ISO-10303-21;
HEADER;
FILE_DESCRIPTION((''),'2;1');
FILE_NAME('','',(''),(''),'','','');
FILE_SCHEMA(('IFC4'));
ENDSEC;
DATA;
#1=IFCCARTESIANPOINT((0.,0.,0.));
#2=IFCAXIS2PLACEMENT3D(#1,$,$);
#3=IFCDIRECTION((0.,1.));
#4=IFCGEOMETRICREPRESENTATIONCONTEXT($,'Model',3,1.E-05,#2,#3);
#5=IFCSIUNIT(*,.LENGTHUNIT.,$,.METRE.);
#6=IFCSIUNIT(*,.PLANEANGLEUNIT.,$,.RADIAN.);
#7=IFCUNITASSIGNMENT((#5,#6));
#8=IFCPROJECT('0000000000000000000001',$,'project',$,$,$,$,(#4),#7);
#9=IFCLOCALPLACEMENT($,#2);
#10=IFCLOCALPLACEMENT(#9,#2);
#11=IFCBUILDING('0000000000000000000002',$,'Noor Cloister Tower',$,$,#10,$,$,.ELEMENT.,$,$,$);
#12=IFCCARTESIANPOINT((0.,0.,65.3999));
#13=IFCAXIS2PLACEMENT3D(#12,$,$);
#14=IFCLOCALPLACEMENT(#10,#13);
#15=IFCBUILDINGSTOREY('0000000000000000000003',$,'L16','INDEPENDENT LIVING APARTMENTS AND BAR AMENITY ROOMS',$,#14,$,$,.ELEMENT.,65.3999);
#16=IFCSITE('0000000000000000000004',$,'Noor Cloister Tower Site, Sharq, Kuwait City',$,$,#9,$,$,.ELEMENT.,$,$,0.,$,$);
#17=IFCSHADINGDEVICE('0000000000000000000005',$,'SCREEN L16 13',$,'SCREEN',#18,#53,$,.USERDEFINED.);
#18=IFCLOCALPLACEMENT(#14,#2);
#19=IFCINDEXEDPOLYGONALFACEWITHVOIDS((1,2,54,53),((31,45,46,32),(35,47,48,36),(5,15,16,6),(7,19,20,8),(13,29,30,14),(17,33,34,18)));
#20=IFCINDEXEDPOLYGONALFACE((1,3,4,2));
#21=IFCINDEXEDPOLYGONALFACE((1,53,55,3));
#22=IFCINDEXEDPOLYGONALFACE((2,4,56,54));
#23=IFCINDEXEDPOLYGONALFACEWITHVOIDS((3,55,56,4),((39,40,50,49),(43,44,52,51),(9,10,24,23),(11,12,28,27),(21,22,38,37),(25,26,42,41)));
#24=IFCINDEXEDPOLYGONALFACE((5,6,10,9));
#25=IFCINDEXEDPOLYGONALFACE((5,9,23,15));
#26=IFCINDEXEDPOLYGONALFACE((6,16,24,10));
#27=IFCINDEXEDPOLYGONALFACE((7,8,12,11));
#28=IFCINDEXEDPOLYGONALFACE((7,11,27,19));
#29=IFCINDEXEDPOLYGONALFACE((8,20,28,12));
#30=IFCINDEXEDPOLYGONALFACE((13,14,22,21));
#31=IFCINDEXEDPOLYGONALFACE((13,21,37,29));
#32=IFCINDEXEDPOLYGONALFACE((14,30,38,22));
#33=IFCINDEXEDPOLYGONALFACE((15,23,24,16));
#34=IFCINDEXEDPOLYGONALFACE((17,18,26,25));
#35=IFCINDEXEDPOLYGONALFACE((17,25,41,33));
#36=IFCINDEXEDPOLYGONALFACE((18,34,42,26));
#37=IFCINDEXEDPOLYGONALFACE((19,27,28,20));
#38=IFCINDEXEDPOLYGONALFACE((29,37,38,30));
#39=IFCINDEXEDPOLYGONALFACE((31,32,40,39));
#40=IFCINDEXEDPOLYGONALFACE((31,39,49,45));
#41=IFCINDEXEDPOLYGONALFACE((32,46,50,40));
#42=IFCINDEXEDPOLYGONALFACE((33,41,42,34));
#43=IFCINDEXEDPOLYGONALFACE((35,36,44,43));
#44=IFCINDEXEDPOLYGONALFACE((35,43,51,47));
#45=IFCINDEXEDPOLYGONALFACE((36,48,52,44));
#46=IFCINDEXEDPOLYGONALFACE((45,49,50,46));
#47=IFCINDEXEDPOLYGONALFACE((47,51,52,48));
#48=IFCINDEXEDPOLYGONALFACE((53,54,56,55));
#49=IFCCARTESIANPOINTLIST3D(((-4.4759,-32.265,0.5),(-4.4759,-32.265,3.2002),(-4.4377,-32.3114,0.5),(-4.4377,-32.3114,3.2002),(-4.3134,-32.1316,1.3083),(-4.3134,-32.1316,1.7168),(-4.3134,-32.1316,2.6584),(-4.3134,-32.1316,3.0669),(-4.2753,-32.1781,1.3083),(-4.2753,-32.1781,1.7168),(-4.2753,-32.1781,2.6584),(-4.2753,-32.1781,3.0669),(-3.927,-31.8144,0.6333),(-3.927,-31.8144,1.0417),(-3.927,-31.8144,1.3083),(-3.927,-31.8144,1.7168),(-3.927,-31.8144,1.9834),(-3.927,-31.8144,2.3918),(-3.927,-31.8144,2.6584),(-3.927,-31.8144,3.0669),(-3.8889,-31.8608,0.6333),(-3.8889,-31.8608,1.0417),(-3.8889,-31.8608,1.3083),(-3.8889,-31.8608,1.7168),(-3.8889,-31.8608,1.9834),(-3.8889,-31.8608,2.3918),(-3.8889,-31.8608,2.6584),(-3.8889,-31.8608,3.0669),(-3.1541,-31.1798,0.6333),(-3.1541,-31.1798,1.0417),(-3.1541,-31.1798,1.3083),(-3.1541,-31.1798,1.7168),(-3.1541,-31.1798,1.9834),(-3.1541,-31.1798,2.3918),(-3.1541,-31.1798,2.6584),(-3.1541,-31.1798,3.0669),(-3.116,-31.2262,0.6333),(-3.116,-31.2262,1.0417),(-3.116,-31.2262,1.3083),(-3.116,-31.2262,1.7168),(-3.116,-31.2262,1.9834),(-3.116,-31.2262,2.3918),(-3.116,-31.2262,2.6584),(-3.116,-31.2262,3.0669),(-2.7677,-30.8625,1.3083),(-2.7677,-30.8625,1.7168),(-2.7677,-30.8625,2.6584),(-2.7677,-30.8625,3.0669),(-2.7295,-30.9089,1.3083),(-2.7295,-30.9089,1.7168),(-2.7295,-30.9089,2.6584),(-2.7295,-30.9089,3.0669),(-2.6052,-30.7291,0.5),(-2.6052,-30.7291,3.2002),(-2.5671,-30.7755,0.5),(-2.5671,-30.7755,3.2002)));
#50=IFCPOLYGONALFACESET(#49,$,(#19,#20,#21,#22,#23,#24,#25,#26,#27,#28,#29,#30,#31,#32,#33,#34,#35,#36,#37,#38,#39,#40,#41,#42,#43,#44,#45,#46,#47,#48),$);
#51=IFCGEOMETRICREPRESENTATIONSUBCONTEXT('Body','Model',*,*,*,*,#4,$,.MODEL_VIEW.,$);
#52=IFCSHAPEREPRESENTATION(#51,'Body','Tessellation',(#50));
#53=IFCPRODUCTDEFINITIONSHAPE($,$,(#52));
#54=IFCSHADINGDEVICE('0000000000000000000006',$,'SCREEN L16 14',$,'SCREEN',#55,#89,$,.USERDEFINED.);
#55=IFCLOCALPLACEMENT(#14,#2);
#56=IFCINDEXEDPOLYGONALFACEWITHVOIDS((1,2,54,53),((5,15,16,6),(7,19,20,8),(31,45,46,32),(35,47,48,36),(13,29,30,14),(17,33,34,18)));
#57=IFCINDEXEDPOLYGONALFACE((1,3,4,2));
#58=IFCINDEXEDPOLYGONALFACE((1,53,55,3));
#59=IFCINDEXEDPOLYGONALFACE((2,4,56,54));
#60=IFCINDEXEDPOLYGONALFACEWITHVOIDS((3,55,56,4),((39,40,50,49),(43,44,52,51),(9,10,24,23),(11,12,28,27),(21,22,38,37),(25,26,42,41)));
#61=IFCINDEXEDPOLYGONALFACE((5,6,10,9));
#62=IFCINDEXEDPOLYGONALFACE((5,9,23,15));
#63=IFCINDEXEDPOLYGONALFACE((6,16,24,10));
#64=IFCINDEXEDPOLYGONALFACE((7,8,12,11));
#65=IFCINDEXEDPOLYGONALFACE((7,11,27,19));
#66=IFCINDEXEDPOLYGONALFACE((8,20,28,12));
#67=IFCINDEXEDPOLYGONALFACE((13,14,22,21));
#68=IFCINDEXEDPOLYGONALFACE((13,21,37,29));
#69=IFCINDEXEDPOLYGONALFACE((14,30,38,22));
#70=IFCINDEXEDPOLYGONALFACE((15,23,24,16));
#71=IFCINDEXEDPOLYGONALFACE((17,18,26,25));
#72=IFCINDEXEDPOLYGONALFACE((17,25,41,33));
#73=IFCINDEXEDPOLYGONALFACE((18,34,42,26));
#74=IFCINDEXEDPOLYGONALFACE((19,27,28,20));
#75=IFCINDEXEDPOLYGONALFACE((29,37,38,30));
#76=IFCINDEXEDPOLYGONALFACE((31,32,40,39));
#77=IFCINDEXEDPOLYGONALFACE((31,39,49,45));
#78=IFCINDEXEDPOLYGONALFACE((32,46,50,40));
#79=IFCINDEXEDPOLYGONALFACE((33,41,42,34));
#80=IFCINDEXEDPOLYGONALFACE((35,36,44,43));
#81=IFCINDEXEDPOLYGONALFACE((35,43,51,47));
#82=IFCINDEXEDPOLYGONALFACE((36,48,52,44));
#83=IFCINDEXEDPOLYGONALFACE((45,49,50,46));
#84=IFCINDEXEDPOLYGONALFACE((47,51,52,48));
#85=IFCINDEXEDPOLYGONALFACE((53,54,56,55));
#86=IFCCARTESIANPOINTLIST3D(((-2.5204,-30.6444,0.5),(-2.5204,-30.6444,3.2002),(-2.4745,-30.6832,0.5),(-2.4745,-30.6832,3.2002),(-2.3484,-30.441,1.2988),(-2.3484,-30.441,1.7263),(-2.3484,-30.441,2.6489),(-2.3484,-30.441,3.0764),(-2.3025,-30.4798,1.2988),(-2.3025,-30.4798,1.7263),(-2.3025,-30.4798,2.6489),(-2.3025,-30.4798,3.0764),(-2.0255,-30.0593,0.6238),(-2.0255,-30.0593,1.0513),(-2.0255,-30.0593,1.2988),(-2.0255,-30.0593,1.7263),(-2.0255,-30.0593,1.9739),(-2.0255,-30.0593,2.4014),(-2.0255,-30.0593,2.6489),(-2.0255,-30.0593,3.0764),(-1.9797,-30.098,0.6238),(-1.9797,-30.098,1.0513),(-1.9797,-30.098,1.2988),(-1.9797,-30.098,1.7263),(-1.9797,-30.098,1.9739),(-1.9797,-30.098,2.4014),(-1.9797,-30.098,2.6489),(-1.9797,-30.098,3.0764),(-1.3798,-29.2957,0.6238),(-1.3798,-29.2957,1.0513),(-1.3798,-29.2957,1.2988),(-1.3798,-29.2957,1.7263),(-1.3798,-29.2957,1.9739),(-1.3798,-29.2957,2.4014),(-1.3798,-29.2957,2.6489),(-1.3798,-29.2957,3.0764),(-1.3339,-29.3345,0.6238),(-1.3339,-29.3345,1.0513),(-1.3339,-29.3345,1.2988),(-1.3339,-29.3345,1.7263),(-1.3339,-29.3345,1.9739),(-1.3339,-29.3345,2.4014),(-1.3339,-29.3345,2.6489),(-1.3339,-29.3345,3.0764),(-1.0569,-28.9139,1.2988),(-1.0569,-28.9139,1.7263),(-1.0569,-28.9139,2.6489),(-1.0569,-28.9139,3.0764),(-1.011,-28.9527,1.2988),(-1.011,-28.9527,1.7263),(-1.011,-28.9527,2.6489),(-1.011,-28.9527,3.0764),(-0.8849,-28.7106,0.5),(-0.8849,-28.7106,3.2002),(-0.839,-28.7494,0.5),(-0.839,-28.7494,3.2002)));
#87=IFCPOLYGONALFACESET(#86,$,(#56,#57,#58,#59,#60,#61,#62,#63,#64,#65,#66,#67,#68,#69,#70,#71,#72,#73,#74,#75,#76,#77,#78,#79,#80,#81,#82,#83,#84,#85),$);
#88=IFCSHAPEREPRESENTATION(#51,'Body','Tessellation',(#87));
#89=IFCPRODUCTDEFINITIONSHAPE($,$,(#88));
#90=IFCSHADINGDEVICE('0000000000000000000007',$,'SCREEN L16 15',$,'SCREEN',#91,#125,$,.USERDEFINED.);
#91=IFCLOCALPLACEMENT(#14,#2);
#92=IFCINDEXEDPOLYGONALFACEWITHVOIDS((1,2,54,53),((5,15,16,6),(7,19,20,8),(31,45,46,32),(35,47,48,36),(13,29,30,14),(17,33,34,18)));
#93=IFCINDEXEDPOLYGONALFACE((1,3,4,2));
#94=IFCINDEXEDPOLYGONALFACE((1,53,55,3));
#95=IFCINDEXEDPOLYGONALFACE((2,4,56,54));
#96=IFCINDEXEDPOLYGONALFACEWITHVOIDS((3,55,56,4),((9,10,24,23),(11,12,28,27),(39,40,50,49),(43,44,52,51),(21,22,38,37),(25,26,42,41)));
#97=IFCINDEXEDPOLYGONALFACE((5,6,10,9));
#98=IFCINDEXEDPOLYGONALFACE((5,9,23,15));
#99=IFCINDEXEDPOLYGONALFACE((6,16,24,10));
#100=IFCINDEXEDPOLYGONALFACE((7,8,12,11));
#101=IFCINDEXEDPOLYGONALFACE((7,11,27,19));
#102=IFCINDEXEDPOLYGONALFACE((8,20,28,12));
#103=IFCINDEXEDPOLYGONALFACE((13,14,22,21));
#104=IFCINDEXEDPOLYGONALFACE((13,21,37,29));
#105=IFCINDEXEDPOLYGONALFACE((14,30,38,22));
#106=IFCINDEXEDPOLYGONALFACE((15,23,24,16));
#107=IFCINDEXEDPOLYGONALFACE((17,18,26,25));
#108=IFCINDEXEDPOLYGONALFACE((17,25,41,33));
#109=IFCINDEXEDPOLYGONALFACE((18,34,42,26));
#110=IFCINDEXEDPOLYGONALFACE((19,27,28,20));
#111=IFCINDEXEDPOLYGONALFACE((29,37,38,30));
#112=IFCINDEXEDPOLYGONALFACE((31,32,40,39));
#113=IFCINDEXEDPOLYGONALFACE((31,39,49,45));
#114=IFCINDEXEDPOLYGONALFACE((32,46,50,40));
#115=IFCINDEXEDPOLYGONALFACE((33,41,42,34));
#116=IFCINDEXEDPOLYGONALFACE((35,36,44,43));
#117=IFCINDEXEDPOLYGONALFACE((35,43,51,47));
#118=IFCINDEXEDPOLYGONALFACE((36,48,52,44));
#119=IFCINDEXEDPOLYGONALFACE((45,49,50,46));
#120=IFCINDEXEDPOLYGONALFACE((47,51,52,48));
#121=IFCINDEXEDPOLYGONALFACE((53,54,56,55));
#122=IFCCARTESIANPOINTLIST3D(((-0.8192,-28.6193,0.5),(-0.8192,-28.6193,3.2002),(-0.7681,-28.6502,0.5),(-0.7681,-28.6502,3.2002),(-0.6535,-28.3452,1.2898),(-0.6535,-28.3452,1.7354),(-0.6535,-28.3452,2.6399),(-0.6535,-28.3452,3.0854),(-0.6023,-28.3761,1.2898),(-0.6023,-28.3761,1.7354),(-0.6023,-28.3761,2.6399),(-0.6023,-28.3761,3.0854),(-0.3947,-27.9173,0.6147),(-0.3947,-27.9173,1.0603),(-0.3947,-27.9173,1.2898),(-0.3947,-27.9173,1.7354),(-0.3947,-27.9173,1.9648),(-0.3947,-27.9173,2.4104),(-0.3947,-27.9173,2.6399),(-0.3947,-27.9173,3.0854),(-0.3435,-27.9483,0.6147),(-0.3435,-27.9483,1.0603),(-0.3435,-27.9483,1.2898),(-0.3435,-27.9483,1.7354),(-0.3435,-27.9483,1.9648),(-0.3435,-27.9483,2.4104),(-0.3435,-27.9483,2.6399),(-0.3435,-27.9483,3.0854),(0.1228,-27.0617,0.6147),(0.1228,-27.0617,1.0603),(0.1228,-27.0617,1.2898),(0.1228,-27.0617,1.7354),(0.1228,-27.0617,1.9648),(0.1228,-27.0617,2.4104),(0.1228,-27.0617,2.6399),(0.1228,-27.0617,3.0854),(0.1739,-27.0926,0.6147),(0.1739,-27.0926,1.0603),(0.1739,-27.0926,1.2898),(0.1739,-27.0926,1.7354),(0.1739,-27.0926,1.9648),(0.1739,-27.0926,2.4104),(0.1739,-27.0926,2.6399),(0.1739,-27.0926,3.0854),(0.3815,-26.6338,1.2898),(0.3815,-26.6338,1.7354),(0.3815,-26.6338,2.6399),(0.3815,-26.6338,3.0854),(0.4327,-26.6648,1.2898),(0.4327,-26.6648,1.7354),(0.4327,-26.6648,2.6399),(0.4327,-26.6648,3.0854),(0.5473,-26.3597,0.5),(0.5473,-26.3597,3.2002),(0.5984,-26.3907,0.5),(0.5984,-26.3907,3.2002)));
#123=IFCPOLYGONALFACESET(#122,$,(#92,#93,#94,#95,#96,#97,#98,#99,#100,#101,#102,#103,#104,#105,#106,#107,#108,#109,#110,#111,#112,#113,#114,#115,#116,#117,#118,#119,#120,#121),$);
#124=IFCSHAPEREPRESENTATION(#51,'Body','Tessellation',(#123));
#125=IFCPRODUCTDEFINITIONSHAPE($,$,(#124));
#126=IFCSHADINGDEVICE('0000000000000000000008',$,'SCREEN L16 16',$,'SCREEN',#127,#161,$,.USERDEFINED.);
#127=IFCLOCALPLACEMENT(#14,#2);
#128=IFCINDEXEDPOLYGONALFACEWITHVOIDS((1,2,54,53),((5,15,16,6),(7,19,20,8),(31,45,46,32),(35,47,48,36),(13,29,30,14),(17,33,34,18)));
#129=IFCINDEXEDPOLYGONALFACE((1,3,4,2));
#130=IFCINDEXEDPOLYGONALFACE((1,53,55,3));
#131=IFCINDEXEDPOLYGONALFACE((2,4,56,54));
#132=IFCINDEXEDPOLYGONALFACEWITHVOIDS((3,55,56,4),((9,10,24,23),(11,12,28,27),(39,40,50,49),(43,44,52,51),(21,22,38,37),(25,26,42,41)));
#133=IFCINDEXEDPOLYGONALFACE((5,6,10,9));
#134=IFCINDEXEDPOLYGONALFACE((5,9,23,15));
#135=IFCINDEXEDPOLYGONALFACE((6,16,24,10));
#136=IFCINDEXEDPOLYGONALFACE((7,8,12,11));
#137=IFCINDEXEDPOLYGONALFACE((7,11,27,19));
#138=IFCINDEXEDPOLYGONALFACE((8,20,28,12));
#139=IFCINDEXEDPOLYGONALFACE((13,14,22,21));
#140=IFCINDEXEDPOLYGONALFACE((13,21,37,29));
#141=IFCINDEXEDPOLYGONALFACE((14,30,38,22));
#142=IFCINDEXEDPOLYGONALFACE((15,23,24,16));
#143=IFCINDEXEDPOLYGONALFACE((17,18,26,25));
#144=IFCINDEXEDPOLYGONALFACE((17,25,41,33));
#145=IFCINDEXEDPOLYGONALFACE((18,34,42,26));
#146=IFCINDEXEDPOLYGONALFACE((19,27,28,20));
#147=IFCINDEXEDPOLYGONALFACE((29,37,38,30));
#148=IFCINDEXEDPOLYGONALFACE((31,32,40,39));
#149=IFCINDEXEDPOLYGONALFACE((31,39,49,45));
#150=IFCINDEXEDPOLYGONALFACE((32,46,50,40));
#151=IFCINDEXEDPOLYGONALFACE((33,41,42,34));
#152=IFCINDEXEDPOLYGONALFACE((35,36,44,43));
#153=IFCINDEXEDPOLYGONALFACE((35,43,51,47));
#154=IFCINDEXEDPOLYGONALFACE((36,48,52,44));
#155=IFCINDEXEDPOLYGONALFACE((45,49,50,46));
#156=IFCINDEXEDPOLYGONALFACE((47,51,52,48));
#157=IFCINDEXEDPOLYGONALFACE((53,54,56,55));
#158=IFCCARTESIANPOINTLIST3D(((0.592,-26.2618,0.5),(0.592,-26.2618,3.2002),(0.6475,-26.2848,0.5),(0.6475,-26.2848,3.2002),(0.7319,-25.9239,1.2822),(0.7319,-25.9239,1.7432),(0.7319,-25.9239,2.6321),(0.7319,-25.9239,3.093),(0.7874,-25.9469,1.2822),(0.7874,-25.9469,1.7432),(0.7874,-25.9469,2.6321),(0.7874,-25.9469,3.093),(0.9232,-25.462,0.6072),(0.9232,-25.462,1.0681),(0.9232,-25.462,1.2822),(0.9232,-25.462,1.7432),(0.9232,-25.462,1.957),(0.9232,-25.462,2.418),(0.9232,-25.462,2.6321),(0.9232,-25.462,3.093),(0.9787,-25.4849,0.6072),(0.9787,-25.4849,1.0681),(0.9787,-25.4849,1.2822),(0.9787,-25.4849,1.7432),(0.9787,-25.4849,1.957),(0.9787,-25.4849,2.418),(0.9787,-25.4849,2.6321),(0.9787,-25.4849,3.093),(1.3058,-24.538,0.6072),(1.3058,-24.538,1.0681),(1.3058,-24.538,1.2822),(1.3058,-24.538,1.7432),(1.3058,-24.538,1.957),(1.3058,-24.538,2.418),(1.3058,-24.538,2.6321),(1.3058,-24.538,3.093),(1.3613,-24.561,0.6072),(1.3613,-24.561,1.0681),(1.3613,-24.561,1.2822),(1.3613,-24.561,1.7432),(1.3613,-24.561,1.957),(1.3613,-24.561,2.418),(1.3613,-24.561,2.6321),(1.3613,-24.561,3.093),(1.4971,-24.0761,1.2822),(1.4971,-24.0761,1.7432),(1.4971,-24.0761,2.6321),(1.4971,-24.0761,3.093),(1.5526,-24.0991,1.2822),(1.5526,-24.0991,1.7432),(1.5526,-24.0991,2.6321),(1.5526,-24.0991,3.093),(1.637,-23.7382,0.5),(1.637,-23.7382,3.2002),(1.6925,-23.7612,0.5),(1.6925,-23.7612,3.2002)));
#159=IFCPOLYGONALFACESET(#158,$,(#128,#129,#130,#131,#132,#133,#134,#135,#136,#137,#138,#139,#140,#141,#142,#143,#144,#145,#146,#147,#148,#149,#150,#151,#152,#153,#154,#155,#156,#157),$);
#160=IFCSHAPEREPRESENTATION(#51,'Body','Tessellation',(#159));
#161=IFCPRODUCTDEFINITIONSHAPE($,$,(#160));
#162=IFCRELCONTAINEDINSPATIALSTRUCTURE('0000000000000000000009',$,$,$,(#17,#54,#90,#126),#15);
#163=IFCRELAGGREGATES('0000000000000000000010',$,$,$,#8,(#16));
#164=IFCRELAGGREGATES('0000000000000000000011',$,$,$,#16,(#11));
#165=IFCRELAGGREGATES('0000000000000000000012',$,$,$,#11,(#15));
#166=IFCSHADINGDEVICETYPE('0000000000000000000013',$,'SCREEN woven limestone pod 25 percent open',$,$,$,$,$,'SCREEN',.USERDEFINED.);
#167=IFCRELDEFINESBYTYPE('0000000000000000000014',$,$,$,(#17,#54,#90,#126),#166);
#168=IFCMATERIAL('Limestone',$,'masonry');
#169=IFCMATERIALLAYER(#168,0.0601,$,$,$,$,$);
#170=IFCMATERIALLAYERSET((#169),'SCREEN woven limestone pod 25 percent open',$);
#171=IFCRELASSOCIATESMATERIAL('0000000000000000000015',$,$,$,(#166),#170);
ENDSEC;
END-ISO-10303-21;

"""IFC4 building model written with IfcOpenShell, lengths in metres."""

from ifc_helpers import new_model, si_unit, direction, frame, origin, place, context, subcontext, project, spatial, polyline, outline, extrude, material, layer, layer_set, type_object, element, save


model = new_model("IFC4")

# Units and contexts
model_context = context("Model", 3, precision=1e-05, world=origin(), true_north=direction((0.0, 1.0)))
body_context = subcontext(model_context, "Body", "Model", "MODEL_VIEW")
ifc_project = project(units=[si_unit("LENGTHUNIT", "METRE"), si_unit("PLANEANGLEUNIT", "RADIAN")], contexts=[model_context])

# Site, building, storey
site_placement = place(None, origin())
site = spatial("IfcSite", under=ifc_project, at=site_placement, Name="Noor Cloister Tower Site, Sharq, Kuwait City", CompositionType="ELEMENT", RefElevation=0.0)
building_placement = place(site_placement, origin())
building = spatial("IfcBuilding", under=site, at=building_placement, Name="Noor Cloister Tower", CompositionType="ELEMENT")
storey_placement = place(building_placement, frame((0.0, 0.0, 65.3999)))
storey = spatial("IfcBuildingStorey", under=building, at=storey_placement, Name="L16", Description="INDEPENDENT LIVING APARTMENTS AND BAR AMENITY ROOMS", CompositionType="ELEMENT", Elevation=65.3999)

# Shading devices
ifc_material_1 = material(Name="Limestone", Category="masonry")
ifc_layer_1 = layer(ifc_material_1, 0.0601)
ifc_layer_set_1 = layer_set([ifc_layer_1], Name="SCREEN woven limestone pod 25 percent open")
shading_device_type = type_object("IfcShadingDeviceType", Name="SCREEN woven limestone pod 25 percent open", ElementType="SCREEN", PredefinedType="USERDEFINED", material=ifc_layer_set_1)
shading_device_1_placement = place(storey_placement, frame((-3.5405, -31.4971, 1.8501), z_axis=(0.634566, -0.772869, 0.0), x_axis=(0.772869, 0.634566, 0.0)))
element("IfcShadingDevice", 1, at=shading_device_1_placement, inside=storey, type_object=shading_device_type, Name="SCREEN L16 13", ObjectType="SCREEN", PredefinedType="USERDEFINED", context=body_context, shape_type="SweptSolid", body=[
    extrude(outline(polyline([(-1.2102, -1.3501), (1.2102, -1.3501), (1.2102, 1.3501), (-1.2102, 1.3501), (-1.2102, -1.3501)]), holes=[polyline([(-0.5, -1.2168), (0.5, -1.2168), (0.5, -0.8083), (-0.5, -0.8083), (-0.5, -1.2168)]), polyline([(-1.0, -0.5417), (-0.5, -0.5417), (-0.5, -0.1333), (-1.0, -0.1333), (-1.0, -0.5417)]), polyline([(0.5, -0.5417), (1.0, -0.5417), (1.0, -0.1333), (0.5, -0.1333), (0.5, -0.5417)]), polyline([(-0.5, 0.1333), (0.5, 0.1333), (0.5, 0.5417), (-0.5, 0.5417), (-0.5, 0.1333)]), polyline([(-1.0, 0.8083), (-0.5, 0.8083), (-0.5, 1.2168), (-1.0, 1.2168), (-1.0, 0.8083)]), polyline([(0.5, 0.8083), (1.0, 0.8083), (1.0, 1.2168), (0.5, 1.2168), (0.5, 0.8083)])]), origin(), (0.0, 0.0, 1.0), 0.0601),
])
shading_device_2_placement = place(storey_placement, frame((-1.7026, -29.6775, 1.8501), z_axis=(0.76354, -0.64576, 0.0), x_axis=(0.64576, 0.76354, 0.0)))
element("IfcShadingDevice", 2, at=shading_device_2_placement, inside=storey, type_object=shading_device_type, Name="SCREEN L16 14", ObjectType="SCREEN", PredefinedType="USERDEFINED", context=body_context, shape_type="SweptSolid", body=[
    extrude(outline(polyline([(-1.2664, -1.3501), (1.2664, -1.3501), (1.2664, 1.3501), (-1.2664, 1.3501), (-1.2664, -1.3501)]), holes=[polyline([(-0.5, -1.2263), (0.5, -1.2263), (0.5, -0.7988), (-0.5, -0.7988), (-0.5, -1.2263)]), polyline([(-1.0, -0.5513), (-0.5, -0.5513), (-0.5, -0.1238), (-1.0, -0.1238), (-1.0, -0.5513)]), polyline([(0.5, -0.5513), (1.0, -0.5513), (1.0, -0.1238), (0.5, -0.1238), (0.5, -0.5513)]), polyline([(-0.5, 0.1238), (0.5, 0.1238), (0.5, 0.5513), (-0.5, 0.5513), (-0.5, 0.1238)]), polyline([(-1.0, 0.7988), (-0.5, 0.7988), (-0.5, 1.2263), (-1.0, 1.2263), (-1.0, 0.7988)]), polyline([(0.5, 0.7988), (1.0, 0.7988), (1.0, 1.2263), (0.5, 1.2263), (0.5, 0.7988)])]), origin(), (0.0, 0.0, 1.0), 0.0601),
])
shading_device_3_placement = place(storey_placement, frame((-0.136, -27.4895, 1.8501), z_axis=(0.85569, -0.517489, 0.0), x_axis=(0.517489, 0.85569, 0.0)))
element("IfcShadingDevice", 3, at=shading_device_3_placement, inside=storey, type_object=shading_device_type, Name="SCREEN L16 15", ObjectType="SCREEN", PredefinedType="USERDEFINED", context=body_context, shape_type="SweptSolid", body=[
    extrude(outline(polyline([(-1.3203, -1.3501), (1.3203, -1.3501), (1.3203, 1.3501), (-1.3203, 1.3501), (-1.3203, -1.3501)]), holes=[polyline([(-0.5, -1.2354), (0.5, -1.2354), (0.5, -0.7898), (-0.5, -0.7898), (-0.5, -1.2354)]), polyline([(-1.0, -0.5603), (-0.5, -0.5603), (-0.5, -0.1147), (-1.0, -0.1147), (-1.0, -0.5603)]), polyline([(0.5, -0.5603), (1.0, -0.5603), (1.0, -0.1147), (0.5, -0.1147), (0.5, -0.5603)]), polyline([(-0.5, 0.1147), (0.5, 0.1147), (0.5, 0.5603), (-0.5, 0.5603), (-0.5, 0.1147)]), polyline([(-1.0, 0.7898), (-0.5, 0.7898), (-0.5, 1.2354), (-1.0, 1.2354), (-1.0, 0.7898)]), polyline([(0.5, 0.7898), (1.0, 0.7898), (1.0, 1.2354), (0.5, 1.2354), (0.5, 0.7898)])]), origin(), (0.0, 0.0, 1.0), 0.0598),
])
shading_device_4_placement = place(storey_placement, frame((1.1145, -25.0, 1.8501), z_axis=(0.923918, -0.382591, 0.0), x_axis=(0.382591, 0.923918, 0.0)))
element("IfcShadingDevice", 4, at=shading_device_4_placement, inside=storey, type_object=shading_device_type, Name="SCREEN L16 16", ObjectType="SCREEN", PredefinedType="USERDEFINED", context=body_context, shape_type="SweptSolid", body=[
    extrude(outline(polyline([(-1.3657, -1.3501), (1.3657, -1.3501), (1.3657, 1.3501), (-1.3657, 1.3501), (-1.3657, -1.3501)]), holes=[polyline([(-0.5, -1.2429), (0.5, -1.2429), (0.5, -0.782), (-0.5, -0.782), (-0.5, -1.2429)]), polyline([(-1.0, -0.5679), (-0.5, -0.5679), (-0.5, -0.1069), (-1.0, -0.1069), (-1.0, -0.5679)]), polyline([(0.5, -0.5679), (1.0, -0.5679), (1.0, -0.1069), (0.5, -0.1069), (0.5, -0.5679)]), polyline([(-0.5, 0.1069), (0.5, 0.1069), (0.5, 0.5679), (-0.5, 0.5679), (-0.5, 0.1069)]), polyline([(-1.0, 0.782), (-0.5, 0.782), (-0.5, 1.2429), (-1.0, 1.2429), (-1.0, 0.782)]), polyline([(0.5, 0.782), (1.0, 0.782), (1.0, 1.2429), (0.5, 1.2429), (0.5, 0.782)])]), origin(), (0.0, 0.0, 1.0), 0.0601),
])

save(model, "model.ifc")
